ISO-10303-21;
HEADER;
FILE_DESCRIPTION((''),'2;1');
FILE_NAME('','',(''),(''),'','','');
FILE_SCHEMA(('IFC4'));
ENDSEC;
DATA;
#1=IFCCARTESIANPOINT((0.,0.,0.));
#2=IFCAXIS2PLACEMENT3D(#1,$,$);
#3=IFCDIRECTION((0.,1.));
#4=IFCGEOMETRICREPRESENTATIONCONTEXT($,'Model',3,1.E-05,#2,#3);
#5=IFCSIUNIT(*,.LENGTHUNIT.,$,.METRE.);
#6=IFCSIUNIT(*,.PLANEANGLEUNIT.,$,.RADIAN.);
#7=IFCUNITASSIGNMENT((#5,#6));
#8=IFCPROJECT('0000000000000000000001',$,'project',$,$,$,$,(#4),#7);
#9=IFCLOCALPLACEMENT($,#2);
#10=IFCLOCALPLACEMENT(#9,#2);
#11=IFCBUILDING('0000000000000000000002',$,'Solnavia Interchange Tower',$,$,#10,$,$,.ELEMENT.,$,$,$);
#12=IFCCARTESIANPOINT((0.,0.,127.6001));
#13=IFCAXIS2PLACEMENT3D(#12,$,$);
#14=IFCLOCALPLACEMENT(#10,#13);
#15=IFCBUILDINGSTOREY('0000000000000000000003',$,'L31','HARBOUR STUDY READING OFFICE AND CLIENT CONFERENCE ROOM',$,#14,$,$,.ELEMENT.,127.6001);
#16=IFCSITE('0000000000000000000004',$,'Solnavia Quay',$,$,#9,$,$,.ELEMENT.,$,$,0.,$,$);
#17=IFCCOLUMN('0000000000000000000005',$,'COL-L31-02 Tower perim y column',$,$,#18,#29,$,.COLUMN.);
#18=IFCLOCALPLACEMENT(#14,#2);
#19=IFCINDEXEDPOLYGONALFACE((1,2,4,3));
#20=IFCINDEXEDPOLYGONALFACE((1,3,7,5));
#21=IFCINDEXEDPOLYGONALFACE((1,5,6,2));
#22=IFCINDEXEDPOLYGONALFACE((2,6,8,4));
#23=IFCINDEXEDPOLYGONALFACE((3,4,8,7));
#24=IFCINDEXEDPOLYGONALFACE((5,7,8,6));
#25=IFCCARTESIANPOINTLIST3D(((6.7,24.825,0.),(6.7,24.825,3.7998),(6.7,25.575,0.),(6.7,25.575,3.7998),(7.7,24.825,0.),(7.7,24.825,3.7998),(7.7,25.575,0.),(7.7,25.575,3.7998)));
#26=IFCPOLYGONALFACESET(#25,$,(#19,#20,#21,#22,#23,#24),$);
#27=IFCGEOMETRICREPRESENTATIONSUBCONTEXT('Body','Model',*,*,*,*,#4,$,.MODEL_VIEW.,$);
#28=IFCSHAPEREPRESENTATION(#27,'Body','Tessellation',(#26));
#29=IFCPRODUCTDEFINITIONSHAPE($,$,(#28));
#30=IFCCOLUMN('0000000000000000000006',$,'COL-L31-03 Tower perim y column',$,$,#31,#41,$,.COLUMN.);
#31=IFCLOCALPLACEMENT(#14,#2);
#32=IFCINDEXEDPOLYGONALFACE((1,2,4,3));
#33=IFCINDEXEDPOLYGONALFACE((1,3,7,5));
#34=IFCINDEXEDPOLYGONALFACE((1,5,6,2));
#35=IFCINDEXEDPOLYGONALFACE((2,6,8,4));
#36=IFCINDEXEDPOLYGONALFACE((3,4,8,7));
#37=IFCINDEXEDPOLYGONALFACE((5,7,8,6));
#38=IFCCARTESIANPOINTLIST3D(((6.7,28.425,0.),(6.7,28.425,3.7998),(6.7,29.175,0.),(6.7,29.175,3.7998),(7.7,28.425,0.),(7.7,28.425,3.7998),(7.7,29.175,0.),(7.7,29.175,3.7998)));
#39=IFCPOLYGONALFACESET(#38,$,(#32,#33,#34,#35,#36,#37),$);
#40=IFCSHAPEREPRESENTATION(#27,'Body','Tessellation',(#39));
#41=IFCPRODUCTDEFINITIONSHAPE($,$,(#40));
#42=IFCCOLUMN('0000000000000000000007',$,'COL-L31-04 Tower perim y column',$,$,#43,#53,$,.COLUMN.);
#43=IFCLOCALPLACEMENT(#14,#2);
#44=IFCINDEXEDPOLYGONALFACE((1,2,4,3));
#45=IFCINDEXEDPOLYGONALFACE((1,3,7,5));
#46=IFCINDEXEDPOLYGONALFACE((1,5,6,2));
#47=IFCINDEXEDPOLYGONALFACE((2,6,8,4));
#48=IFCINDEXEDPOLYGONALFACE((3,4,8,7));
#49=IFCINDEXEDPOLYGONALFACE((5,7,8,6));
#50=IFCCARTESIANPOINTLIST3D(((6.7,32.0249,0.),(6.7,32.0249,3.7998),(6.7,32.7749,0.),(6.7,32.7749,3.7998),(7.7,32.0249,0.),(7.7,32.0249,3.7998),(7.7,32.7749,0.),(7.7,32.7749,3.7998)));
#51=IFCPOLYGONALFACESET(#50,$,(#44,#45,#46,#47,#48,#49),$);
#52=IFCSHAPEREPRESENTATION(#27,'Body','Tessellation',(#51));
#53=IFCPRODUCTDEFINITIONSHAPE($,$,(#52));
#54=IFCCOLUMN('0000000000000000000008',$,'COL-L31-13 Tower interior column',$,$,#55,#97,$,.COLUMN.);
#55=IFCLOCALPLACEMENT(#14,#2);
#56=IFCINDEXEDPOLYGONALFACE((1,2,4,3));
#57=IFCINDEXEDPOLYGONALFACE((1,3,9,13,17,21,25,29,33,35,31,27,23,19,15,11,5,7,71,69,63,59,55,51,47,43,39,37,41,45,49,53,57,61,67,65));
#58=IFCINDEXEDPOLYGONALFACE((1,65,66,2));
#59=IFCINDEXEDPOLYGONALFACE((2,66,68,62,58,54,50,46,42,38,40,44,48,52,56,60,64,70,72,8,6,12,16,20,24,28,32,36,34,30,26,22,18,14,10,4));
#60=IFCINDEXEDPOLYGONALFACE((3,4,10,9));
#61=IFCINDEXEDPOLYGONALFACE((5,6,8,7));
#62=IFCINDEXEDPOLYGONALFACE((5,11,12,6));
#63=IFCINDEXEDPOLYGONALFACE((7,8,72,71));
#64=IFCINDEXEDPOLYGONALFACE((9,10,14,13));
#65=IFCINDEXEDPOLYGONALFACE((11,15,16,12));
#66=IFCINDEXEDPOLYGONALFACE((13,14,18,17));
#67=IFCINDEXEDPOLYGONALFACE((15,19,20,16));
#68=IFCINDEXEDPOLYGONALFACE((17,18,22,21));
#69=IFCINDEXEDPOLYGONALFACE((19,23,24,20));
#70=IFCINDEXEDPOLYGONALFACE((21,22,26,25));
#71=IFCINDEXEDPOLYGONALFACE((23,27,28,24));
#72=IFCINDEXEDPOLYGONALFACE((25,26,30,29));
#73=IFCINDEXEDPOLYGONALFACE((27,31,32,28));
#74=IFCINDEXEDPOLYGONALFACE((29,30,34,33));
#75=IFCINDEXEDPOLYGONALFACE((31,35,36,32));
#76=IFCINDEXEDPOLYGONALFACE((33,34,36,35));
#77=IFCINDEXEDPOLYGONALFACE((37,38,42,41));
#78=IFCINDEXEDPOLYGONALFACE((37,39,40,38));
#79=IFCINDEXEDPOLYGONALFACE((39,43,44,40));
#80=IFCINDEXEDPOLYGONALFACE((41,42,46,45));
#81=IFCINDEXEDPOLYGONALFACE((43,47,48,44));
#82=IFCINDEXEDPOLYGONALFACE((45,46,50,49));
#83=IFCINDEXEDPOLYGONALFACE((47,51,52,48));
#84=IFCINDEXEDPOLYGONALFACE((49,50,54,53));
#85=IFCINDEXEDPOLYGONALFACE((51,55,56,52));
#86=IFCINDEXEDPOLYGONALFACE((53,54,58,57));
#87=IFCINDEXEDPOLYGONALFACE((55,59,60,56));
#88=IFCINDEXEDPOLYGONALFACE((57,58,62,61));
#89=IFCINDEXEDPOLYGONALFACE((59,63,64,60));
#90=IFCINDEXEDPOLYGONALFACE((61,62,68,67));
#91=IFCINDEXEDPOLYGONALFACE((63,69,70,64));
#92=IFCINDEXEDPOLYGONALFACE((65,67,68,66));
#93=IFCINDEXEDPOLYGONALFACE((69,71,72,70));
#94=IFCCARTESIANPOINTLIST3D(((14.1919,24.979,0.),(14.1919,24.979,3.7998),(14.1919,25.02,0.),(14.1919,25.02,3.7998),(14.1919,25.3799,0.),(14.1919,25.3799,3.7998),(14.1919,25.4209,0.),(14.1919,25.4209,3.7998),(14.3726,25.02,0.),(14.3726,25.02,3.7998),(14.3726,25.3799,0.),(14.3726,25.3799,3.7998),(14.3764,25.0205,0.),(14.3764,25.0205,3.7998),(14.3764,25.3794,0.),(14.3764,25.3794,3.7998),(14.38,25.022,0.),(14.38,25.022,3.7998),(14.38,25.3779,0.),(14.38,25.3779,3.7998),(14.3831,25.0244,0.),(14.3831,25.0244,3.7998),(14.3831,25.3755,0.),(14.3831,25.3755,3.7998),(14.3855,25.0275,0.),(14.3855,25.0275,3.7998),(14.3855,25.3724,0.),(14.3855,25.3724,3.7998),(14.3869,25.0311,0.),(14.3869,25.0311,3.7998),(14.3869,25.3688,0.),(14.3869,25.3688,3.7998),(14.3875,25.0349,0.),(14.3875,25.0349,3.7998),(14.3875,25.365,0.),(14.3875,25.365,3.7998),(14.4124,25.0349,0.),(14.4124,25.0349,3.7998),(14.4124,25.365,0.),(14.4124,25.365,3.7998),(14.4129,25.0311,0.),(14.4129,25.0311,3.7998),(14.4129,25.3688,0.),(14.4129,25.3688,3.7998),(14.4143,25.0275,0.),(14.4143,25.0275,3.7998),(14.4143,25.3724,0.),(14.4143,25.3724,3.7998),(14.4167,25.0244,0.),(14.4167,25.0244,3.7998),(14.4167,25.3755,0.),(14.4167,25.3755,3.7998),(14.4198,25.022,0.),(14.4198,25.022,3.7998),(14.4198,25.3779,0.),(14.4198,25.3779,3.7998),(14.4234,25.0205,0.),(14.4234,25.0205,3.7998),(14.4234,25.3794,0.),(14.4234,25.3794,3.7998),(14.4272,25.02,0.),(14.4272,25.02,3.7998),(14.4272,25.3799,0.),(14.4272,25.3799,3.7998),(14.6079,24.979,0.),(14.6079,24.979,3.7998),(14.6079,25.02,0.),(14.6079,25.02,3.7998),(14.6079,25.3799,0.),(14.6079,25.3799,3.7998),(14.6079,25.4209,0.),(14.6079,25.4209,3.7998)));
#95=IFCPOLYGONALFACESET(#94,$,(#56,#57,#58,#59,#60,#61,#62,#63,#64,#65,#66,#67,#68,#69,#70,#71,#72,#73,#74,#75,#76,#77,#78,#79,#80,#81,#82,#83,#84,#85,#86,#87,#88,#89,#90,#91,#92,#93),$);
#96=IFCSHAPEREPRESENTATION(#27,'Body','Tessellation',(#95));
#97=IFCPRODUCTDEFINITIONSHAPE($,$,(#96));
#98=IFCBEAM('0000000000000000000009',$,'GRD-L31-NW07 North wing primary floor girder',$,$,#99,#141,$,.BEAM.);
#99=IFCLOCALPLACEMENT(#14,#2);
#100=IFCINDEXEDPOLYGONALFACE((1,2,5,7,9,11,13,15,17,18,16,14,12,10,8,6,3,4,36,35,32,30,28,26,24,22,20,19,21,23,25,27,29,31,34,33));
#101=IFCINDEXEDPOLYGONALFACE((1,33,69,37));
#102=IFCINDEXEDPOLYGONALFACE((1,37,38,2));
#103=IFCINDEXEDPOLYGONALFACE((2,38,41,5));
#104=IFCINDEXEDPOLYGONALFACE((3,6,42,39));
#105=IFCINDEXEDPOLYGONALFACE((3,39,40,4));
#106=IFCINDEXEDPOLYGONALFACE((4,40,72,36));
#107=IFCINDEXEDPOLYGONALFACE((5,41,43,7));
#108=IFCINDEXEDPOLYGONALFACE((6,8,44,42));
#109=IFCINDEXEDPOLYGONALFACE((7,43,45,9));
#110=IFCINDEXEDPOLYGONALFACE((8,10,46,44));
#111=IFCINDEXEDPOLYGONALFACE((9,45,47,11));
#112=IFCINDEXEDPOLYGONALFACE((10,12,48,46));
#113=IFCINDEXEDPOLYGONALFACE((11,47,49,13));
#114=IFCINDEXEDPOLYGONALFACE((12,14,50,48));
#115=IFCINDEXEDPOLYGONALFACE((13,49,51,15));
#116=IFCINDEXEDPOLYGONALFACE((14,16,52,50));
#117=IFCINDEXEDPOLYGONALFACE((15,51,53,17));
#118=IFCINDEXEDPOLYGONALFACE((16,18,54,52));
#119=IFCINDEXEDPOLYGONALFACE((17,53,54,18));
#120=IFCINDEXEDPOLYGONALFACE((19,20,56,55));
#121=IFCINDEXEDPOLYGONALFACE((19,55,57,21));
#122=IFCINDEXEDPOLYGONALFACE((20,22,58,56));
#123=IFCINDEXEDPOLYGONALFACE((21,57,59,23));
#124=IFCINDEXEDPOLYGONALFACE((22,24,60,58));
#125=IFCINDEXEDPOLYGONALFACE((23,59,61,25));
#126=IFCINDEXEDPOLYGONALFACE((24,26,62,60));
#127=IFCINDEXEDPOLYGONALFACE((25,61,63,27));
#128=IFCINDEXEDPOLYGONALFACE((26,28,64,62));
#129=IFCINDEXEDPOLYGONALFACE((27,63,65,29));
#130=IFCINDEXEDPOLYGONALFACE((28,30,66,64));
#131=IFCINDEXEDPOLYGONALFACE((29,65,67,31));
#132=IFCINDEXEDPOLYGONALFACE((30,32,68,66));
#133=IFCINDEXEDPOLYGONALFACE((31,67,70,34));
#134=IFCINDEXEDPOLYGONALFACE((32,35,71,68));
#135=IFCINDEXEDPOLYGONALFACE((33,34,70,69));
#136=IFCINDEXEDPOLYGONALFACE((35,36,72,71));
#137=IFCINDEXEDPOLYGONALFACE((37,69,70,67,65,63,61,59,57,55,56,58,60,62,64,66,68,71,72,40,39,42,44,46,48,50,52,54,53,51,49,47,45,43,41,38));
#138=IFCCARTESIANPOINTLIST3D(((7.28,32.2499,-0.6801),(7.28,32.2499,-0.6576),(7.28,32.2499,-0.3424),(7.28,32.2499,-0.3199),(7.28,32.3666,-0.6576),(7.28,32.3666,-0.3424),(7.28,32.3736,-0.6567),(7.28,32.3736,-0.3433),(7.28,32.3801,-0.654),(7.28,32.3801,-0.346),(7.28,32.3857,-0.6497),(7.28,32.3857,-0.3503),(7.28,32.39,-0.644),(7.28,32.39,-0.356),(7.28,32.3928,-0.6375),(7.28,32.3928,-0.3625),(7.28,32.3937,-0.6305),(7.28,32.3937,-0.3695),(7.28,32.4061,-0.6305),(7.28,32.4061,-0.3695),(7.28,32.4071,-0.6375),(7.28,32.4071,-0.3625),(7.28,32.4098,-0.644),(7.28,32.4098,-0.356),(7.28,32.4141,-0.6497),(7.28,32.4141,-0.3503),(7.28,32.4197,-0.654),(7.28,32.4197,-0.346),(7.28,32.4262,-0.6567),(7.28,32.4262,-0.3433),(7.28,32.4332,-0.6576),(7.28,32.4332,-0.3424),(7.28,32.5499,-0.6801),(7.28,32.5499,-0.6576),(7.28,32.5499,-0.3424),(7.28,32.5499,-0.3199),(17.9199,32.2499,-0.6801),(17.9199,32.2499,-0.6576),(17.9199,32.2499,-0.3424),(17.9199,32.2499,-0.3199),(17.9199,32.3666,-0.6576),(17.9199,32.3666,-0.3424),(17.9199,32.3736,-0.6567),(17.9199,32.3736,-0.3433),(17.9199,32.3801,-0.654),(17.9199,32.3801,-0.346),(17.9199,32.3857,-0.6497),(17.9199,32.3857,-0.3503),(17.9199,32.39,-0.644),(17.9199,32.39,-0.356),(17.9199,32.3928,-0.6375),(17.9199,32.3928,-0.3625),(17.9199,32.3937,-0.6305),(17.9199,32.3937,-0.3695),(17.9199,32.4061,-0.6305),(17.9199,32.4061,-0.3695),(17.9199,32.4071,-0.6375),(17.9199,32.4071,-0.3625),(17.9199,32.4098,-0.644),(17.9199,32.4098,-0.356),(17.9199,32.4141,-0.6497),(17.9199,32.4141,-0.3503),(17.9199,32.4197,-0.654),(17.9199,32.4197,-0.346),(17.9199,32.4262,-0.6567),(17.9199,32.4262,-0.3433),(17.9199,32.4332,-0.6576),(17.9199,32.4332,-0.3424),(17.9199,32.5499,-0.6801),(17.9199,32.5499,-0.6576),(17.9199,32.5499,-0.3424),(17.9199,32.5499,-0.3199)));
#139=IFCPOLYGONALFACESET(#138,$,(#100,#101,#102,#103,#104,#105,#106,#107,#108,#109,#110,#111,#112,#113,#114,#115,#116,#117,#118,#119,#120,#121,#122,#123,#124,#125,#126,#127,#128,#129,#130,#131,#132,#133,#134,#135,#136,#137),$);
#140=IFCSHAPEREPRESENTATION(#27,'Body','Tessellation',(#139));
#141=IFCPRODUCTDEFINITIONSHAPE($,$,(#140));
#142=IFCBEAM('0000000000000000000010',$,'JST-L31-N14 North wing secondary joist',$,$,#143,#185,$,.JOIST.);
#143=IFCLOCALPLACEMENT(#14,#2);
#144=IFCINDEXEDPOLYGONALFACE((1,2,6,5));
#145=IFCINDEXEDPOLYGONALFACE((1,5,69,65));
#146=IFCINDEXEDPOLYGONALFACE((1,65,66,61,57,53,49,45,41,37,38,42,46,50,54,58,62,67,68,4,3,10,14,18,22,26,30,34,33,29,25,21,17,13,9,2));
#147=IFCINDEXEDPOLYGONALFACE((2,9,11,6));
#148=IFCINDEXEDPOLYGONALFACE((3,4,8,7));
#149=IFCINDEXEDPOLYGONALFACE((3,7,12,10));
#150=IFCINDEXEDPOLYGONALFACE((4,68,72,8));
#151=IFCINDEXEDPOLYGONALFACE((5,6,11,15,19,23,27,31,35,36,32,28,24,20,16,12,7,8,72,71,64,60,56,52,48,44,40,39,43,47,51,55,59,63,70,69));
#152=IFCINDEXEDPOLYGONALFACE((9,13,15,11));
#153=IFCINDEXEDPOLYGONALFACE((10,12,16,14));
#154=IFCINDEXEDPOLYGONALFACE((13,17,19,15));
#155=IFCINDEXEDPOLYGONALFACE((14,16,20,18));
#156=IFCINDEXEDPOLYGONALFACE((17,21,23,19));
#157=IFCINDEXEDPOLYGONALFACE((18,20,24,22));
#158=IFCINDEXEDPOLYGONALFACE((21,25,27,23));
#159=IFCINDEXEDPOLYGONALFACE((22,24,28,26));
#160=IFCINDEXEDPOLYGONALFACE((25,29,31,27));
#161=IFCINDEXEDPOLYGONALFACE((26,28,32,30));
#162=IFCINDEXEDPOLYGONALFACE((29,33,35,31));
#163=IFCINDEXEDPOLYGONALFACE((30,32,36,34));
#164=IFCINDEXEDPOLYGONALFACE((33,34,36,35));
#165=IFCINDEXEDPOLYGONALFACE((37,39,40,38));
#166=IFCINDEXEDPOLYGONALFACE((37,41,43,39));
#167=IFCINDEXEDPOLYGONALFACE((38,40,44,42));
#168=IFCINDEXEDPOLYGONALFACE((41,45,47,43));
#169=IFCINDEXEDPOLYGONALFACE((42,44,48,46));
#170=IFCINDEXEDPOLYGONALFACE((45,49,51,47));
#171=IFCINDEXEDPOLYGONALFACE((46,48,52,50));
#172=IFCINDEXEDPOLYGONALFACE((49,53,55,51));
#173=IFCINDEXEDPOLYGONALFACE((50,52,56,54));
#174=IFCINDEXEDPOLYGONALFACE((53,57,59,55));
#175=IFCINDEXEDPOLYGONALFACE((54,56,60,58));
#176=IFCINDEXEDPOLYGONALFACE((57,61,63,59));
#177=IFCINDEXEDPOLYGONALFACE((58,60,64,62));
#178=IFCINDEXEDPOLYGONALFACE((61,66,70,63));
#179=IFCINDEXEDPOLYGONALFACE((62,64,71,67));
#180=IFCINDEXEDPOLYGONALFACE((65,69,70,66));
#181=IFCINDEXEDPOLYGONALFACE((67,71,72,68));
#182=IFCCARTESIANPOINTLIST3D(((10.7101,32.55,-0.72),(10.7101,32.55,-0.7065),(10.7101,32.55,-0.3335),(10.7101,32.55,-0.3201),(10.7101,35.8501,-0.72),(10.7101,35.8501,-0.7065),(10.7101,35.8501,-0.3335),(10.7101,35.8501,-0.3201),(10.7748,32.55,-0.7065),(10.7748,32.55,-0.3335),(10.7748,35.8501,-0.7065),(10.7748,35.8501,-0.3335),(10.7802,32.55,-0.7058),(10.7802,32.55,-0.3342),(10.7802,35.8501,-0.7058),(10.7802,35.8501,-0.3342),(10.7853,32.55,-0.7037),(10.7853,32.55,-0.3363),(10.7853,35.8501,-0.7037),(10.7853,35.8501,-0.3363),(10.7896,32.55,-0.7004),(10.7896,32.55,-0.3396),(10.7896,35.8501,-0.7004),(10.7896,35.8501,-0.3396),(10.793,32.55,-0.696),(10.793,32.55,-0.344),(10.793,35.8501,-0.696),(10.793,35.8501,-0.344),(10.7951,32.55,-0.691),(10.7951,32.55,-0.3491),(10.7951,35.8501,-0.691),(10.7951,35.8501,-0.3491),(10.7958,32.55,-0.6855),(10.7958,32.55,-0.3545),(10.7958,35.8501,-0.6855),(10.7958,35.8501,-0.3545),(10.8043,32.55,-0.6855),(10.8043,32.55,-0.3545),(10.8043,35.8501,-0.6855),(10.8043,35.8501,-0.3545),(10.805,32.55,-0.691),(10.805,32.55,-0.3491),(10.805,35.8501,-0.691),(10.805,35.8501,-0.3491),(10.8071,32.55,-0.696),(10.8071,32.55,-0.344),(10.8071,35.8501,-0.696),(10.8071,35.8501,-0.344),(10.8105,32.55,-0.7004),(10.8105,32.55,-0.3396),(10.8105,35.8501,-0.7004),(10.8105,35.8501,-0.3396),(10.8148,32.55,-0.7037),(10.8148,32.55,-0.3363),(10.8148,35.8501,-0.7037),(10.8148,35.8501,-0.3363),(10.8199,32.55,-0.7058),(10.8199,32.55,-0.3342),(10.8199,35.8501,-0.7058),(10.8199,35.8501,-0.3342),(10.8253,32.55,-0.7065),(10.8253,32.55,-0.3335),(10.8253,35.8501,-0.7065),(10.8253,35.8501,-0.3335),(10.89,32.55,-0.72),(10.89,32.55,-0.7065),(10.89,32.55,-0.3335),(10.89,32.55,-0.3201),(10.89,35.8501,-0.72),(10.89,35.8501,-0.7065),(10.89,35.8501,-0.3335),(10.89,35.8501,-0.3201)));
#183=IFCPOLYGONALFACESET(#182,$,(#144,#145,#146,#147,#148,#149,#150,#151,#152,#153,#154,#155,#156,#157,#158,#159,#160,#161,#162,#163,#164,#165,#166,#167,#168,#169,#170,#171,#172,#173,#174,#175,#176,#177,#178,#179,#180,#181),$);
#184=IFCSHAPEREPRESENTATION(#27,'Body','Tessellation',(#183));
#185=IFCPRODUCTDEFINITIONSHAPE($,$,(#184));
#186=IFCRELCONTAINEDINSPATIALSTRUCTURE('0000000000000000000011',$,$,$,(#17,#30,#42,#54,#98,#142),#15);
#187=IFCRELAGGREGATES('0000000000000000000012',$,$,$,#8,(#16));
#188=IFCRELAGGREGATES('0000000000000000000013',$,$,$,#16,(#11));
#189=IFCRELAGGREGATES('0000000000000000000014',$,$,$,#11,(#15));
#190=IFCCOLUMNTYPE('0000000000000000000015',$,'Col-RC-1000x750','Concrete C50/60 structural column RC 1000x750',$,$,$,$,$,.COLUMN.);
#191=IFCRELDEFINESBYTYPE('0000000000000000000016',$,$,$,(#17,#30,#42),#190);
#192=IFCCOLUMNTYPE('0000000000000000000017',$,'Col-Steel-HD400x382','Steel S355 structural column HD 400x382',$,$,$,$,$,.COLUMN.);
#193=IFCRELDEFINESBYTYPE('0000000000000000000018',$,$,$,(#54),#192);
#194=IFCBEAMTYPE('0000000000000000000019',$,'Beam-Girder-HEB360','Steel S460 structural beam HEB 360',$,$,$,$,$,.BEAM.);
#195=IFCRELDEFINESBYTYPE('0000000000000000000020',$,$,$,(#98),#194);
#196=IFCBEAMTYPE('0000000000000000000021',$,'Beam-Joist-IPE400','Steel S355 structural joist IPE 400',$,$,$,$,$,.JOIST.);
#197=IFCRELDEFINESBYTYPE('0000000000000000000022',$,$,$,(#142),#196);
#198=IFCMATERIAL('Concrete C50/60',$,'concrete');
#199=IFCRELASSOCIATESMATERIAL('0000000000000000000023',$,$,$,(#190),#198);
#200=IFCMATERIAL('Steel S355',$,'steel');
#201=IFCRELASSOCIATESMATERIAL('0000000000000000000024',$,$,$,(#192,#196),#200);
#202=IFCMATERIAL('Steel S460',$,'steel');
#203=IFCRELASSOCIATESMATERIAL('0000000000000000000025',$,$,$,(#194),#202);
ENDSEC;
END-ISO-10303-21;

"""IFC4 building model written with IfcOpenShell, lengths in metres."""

from ifc_helpers import new_model, si_unit, direction, frame, origin, origin_2d, place, context, subcontext, project, spatial, rectangle, i_section, extrude, material, material_profile, profile_set, type_object, element, save


model = new_model("IFC4")

# Units and contexts
model_context = context("Model", 3, precision=1e-05, world=origin(), true_north=direction((0.0, 1.0)))
body_context = subcontext(model_context, "Body", "Model", "MODEL_VIEW")
ifc_project = project(units=[si_unit("LENGTHUNIT", "METRE"), si_unit("PLANEANGLEUNIT", "RADIAN")], contexts=[model_context])

# Site, building, storey
site_placement = place(None, origin())
site = spatial("IfcSite", under=ifc_project, at=site_placement, Name="Solnavia Quay", CompositionType="ELEMENT", RefElevation=0.0)
building_placement = place(site_placement, origin())
building = spatial("IfcBuilding", under=site, at=building_placement, Name="Solnavia Interchange Tower", CompositionType="ELEMENT")
storey_placement = place(building_placement, frame((0.0, 0.0, 127.6001)))
storey = spatial("IfcBuildingStorey", under=building, at=storey_placement, Name="L31", Description="HARBOUR STUDY READING OFFICE AND CLIENT CONFERENCE ROOM", CompositionType="ELEMENT", Elevation=127.6001)

# Columns
ifc_material_1 = material(Name="Concrete C50/60", Category="concrete")
ifc_material_profile_1 = material_profile(ifc_material_1, rectangle(XDim=0.75, YDim=1.0, at=origin_2d()), Name="RC 1000x750")
ifc_profile_set_1 = profile_set([ifc_material_profile_1], Name="Concrete C50/60")
column_type_1 = type_object("IfcColumnType", Name="Col-RC-1000x750", Description="Concrete C50/60 structural column RC 1000x750", PredefinedType="COLUMN", material=ifc_profile_set_1)
for number, where, z_axis, x_axis, name in (
    (1, (7.2, 25.2, 0.0), (0.0, 0.0, 1.0), (0.0, 1.0, 0.0), "COL-L31-02 Tower perim y column"),
    (2, (7.2, 28.8, 0.0), (0.0, 0.0, 1.0), (0.0, 1.0, 0.0), "COL-L31-03 Tower perim y column"),
    (3, (7.2, 32.3999, 0.0), (0.0, 0.0, 1.0), (0.0, 1.0, 0.0), "COL-L31-04 Tower perim y column"),
):
    element("IfcColumn", number, at=place(storey_placement, frame(where, z_axis=z_axis, x_axis=x_axis)), inside=storey, type_object=column_type_1, Name=name, PredefinedType="COLUMN", context=body_context, shape_type="SweptSolid", body=[
        extrude(rectangle(XDim=0.75, YDim=1.0, at=origin_2d()), origin(), (0.0, 0.0, 1.0), 3.7998),
    ])
ifc_material_2 = material(Name="Steel S355", Category="steel")
ifc_material_profile_2 = material_profile(ifc_material_2, i_section(OverallWidth=0.416, OverallDepth=0.4419, WebThickness=0.0249, FlangeThickness=0.041, FilletRadius=0.0149, at=origin_2d()), Name="HD 400x382")
ifc_profile_set_2 = profile_set([ifc_material_profile_2], Name="Steel S355")
column_type_2 = type_object("IfcColumnType", Name="Col-Steel-HD400x382", Description="Steel S355 structural column HD 400x382", PredefinedType="COLUMN", material=ifc_profile_set_2)
column_placement = place(storey_placement, frame((14.3999, 25.2, 0.0), z_axis=(0.0, 0.0, 1.0), x_axis=(1.0, 0.0, 0.0)))
element("IfcColumn", 4, at=column_placement, inside=storey, type_object=column_type_2, Name="COL-L31-13 Tower interior column", PredefinedType="COLUMN", context=body_context, shape_type="SweptSolid", body=[
    extrude(i_section(OverallWidth=0.416, OverallDepth=0.4419, WebThickness=0.0249, FlangeThickness=0.041, FilletRadius=0.0149, at=origin_2d()), origin(), (0.0, 0.0, 1.0), 3.7998),
])

# Beams
ifc_material_3 = material(Name="Steel S460", Category="steel")
ifc_material_profile_3 = material_profile(ifc_material_3, i_section(OverallWidth=0.3, OverallDepth=0.3601, WebThickness=0.0125, FlangeThickness=0.0225, FilletRadius=0.0271, at=origin_2d()), Name="HEB 360")
ifc_profile_set_3 = profile_set([ifc_material_profile_3], Name="Steel S460")
beam_type_1 = type_object("IfcBeamType", Name="Beam-Girder-HEB360", Description="Steel S460 structural beam HEB 360", PredefinedType="BEAM", material=ifc_profile_set_3)
beam_1_placement = place(storey_placement, frame((7.28, 32.3999, -0.5), z_axis=(1.0, 0.0, 0.0), x_axis=(0.0, 1.0, 0.0)))
element("IfcBeam", 5, at=beam_1_placement, inside=storey, type_object=beam_type_1, Name="GRD-L31-NW07 North wing primary floor girder", PredefinedType="BEAM", context=body_context, shape_type="SweptSolid", body=[
    extrude(i_section(OverallWidth=0.3, OverallDepth=0.3601, WebThickness=0.0125, FlangeThickness=0.0225, FilletRadius=0.0271, at=origin_2d()), origin(), (0.0, 0.0, 1.0), 10.6399),
])
ifc_material_profile_4 = material_profile(ifc_material_2, i_section(OverallWidth=0.1799, OverallDepth=0.3999, WebThickness=0.0085, FlangeThickness=0.0134, FilletRadius=0.021, at=origin_2d()), Name="IPE 400")
ifc_profile_set_4 = profile_set([ifc_material_profile_4], Name="Steel S355")
beam_type_2 = type_object("IfcBeamType", Name="Beam-Joist-IPE400", Description="Steel S355 structural joist IPE 400", PredefinedType="JOIST", material=ifc_profile_set_4)
beam_2_placement = place(storey_placement, frame((10.8, 32.55, -0.52), z_axis=(0.0, 1.0, 0.0), x_axis=(-1.0, 0.0, 0.0)))
element("IfcBeam", 6, at=beam_2_placement, inside=storey, type_object=beam_type_2, Name="JST-L31-N14 North wing secondary joist", PredefinedType="JOIST", context=body_context, shape_type="SweptSolid", body=[
    extrude(i_section(OverallWidth=0.1799, OverallDepth=0.3999, WebThickness=0.0085, FlangeThickness=0.0134, FilletRadius=0.021, at=origin_2d()), origin(), (0.0, 0.0, 1.0), 3.3),
])

save(model, "model.ifc")
